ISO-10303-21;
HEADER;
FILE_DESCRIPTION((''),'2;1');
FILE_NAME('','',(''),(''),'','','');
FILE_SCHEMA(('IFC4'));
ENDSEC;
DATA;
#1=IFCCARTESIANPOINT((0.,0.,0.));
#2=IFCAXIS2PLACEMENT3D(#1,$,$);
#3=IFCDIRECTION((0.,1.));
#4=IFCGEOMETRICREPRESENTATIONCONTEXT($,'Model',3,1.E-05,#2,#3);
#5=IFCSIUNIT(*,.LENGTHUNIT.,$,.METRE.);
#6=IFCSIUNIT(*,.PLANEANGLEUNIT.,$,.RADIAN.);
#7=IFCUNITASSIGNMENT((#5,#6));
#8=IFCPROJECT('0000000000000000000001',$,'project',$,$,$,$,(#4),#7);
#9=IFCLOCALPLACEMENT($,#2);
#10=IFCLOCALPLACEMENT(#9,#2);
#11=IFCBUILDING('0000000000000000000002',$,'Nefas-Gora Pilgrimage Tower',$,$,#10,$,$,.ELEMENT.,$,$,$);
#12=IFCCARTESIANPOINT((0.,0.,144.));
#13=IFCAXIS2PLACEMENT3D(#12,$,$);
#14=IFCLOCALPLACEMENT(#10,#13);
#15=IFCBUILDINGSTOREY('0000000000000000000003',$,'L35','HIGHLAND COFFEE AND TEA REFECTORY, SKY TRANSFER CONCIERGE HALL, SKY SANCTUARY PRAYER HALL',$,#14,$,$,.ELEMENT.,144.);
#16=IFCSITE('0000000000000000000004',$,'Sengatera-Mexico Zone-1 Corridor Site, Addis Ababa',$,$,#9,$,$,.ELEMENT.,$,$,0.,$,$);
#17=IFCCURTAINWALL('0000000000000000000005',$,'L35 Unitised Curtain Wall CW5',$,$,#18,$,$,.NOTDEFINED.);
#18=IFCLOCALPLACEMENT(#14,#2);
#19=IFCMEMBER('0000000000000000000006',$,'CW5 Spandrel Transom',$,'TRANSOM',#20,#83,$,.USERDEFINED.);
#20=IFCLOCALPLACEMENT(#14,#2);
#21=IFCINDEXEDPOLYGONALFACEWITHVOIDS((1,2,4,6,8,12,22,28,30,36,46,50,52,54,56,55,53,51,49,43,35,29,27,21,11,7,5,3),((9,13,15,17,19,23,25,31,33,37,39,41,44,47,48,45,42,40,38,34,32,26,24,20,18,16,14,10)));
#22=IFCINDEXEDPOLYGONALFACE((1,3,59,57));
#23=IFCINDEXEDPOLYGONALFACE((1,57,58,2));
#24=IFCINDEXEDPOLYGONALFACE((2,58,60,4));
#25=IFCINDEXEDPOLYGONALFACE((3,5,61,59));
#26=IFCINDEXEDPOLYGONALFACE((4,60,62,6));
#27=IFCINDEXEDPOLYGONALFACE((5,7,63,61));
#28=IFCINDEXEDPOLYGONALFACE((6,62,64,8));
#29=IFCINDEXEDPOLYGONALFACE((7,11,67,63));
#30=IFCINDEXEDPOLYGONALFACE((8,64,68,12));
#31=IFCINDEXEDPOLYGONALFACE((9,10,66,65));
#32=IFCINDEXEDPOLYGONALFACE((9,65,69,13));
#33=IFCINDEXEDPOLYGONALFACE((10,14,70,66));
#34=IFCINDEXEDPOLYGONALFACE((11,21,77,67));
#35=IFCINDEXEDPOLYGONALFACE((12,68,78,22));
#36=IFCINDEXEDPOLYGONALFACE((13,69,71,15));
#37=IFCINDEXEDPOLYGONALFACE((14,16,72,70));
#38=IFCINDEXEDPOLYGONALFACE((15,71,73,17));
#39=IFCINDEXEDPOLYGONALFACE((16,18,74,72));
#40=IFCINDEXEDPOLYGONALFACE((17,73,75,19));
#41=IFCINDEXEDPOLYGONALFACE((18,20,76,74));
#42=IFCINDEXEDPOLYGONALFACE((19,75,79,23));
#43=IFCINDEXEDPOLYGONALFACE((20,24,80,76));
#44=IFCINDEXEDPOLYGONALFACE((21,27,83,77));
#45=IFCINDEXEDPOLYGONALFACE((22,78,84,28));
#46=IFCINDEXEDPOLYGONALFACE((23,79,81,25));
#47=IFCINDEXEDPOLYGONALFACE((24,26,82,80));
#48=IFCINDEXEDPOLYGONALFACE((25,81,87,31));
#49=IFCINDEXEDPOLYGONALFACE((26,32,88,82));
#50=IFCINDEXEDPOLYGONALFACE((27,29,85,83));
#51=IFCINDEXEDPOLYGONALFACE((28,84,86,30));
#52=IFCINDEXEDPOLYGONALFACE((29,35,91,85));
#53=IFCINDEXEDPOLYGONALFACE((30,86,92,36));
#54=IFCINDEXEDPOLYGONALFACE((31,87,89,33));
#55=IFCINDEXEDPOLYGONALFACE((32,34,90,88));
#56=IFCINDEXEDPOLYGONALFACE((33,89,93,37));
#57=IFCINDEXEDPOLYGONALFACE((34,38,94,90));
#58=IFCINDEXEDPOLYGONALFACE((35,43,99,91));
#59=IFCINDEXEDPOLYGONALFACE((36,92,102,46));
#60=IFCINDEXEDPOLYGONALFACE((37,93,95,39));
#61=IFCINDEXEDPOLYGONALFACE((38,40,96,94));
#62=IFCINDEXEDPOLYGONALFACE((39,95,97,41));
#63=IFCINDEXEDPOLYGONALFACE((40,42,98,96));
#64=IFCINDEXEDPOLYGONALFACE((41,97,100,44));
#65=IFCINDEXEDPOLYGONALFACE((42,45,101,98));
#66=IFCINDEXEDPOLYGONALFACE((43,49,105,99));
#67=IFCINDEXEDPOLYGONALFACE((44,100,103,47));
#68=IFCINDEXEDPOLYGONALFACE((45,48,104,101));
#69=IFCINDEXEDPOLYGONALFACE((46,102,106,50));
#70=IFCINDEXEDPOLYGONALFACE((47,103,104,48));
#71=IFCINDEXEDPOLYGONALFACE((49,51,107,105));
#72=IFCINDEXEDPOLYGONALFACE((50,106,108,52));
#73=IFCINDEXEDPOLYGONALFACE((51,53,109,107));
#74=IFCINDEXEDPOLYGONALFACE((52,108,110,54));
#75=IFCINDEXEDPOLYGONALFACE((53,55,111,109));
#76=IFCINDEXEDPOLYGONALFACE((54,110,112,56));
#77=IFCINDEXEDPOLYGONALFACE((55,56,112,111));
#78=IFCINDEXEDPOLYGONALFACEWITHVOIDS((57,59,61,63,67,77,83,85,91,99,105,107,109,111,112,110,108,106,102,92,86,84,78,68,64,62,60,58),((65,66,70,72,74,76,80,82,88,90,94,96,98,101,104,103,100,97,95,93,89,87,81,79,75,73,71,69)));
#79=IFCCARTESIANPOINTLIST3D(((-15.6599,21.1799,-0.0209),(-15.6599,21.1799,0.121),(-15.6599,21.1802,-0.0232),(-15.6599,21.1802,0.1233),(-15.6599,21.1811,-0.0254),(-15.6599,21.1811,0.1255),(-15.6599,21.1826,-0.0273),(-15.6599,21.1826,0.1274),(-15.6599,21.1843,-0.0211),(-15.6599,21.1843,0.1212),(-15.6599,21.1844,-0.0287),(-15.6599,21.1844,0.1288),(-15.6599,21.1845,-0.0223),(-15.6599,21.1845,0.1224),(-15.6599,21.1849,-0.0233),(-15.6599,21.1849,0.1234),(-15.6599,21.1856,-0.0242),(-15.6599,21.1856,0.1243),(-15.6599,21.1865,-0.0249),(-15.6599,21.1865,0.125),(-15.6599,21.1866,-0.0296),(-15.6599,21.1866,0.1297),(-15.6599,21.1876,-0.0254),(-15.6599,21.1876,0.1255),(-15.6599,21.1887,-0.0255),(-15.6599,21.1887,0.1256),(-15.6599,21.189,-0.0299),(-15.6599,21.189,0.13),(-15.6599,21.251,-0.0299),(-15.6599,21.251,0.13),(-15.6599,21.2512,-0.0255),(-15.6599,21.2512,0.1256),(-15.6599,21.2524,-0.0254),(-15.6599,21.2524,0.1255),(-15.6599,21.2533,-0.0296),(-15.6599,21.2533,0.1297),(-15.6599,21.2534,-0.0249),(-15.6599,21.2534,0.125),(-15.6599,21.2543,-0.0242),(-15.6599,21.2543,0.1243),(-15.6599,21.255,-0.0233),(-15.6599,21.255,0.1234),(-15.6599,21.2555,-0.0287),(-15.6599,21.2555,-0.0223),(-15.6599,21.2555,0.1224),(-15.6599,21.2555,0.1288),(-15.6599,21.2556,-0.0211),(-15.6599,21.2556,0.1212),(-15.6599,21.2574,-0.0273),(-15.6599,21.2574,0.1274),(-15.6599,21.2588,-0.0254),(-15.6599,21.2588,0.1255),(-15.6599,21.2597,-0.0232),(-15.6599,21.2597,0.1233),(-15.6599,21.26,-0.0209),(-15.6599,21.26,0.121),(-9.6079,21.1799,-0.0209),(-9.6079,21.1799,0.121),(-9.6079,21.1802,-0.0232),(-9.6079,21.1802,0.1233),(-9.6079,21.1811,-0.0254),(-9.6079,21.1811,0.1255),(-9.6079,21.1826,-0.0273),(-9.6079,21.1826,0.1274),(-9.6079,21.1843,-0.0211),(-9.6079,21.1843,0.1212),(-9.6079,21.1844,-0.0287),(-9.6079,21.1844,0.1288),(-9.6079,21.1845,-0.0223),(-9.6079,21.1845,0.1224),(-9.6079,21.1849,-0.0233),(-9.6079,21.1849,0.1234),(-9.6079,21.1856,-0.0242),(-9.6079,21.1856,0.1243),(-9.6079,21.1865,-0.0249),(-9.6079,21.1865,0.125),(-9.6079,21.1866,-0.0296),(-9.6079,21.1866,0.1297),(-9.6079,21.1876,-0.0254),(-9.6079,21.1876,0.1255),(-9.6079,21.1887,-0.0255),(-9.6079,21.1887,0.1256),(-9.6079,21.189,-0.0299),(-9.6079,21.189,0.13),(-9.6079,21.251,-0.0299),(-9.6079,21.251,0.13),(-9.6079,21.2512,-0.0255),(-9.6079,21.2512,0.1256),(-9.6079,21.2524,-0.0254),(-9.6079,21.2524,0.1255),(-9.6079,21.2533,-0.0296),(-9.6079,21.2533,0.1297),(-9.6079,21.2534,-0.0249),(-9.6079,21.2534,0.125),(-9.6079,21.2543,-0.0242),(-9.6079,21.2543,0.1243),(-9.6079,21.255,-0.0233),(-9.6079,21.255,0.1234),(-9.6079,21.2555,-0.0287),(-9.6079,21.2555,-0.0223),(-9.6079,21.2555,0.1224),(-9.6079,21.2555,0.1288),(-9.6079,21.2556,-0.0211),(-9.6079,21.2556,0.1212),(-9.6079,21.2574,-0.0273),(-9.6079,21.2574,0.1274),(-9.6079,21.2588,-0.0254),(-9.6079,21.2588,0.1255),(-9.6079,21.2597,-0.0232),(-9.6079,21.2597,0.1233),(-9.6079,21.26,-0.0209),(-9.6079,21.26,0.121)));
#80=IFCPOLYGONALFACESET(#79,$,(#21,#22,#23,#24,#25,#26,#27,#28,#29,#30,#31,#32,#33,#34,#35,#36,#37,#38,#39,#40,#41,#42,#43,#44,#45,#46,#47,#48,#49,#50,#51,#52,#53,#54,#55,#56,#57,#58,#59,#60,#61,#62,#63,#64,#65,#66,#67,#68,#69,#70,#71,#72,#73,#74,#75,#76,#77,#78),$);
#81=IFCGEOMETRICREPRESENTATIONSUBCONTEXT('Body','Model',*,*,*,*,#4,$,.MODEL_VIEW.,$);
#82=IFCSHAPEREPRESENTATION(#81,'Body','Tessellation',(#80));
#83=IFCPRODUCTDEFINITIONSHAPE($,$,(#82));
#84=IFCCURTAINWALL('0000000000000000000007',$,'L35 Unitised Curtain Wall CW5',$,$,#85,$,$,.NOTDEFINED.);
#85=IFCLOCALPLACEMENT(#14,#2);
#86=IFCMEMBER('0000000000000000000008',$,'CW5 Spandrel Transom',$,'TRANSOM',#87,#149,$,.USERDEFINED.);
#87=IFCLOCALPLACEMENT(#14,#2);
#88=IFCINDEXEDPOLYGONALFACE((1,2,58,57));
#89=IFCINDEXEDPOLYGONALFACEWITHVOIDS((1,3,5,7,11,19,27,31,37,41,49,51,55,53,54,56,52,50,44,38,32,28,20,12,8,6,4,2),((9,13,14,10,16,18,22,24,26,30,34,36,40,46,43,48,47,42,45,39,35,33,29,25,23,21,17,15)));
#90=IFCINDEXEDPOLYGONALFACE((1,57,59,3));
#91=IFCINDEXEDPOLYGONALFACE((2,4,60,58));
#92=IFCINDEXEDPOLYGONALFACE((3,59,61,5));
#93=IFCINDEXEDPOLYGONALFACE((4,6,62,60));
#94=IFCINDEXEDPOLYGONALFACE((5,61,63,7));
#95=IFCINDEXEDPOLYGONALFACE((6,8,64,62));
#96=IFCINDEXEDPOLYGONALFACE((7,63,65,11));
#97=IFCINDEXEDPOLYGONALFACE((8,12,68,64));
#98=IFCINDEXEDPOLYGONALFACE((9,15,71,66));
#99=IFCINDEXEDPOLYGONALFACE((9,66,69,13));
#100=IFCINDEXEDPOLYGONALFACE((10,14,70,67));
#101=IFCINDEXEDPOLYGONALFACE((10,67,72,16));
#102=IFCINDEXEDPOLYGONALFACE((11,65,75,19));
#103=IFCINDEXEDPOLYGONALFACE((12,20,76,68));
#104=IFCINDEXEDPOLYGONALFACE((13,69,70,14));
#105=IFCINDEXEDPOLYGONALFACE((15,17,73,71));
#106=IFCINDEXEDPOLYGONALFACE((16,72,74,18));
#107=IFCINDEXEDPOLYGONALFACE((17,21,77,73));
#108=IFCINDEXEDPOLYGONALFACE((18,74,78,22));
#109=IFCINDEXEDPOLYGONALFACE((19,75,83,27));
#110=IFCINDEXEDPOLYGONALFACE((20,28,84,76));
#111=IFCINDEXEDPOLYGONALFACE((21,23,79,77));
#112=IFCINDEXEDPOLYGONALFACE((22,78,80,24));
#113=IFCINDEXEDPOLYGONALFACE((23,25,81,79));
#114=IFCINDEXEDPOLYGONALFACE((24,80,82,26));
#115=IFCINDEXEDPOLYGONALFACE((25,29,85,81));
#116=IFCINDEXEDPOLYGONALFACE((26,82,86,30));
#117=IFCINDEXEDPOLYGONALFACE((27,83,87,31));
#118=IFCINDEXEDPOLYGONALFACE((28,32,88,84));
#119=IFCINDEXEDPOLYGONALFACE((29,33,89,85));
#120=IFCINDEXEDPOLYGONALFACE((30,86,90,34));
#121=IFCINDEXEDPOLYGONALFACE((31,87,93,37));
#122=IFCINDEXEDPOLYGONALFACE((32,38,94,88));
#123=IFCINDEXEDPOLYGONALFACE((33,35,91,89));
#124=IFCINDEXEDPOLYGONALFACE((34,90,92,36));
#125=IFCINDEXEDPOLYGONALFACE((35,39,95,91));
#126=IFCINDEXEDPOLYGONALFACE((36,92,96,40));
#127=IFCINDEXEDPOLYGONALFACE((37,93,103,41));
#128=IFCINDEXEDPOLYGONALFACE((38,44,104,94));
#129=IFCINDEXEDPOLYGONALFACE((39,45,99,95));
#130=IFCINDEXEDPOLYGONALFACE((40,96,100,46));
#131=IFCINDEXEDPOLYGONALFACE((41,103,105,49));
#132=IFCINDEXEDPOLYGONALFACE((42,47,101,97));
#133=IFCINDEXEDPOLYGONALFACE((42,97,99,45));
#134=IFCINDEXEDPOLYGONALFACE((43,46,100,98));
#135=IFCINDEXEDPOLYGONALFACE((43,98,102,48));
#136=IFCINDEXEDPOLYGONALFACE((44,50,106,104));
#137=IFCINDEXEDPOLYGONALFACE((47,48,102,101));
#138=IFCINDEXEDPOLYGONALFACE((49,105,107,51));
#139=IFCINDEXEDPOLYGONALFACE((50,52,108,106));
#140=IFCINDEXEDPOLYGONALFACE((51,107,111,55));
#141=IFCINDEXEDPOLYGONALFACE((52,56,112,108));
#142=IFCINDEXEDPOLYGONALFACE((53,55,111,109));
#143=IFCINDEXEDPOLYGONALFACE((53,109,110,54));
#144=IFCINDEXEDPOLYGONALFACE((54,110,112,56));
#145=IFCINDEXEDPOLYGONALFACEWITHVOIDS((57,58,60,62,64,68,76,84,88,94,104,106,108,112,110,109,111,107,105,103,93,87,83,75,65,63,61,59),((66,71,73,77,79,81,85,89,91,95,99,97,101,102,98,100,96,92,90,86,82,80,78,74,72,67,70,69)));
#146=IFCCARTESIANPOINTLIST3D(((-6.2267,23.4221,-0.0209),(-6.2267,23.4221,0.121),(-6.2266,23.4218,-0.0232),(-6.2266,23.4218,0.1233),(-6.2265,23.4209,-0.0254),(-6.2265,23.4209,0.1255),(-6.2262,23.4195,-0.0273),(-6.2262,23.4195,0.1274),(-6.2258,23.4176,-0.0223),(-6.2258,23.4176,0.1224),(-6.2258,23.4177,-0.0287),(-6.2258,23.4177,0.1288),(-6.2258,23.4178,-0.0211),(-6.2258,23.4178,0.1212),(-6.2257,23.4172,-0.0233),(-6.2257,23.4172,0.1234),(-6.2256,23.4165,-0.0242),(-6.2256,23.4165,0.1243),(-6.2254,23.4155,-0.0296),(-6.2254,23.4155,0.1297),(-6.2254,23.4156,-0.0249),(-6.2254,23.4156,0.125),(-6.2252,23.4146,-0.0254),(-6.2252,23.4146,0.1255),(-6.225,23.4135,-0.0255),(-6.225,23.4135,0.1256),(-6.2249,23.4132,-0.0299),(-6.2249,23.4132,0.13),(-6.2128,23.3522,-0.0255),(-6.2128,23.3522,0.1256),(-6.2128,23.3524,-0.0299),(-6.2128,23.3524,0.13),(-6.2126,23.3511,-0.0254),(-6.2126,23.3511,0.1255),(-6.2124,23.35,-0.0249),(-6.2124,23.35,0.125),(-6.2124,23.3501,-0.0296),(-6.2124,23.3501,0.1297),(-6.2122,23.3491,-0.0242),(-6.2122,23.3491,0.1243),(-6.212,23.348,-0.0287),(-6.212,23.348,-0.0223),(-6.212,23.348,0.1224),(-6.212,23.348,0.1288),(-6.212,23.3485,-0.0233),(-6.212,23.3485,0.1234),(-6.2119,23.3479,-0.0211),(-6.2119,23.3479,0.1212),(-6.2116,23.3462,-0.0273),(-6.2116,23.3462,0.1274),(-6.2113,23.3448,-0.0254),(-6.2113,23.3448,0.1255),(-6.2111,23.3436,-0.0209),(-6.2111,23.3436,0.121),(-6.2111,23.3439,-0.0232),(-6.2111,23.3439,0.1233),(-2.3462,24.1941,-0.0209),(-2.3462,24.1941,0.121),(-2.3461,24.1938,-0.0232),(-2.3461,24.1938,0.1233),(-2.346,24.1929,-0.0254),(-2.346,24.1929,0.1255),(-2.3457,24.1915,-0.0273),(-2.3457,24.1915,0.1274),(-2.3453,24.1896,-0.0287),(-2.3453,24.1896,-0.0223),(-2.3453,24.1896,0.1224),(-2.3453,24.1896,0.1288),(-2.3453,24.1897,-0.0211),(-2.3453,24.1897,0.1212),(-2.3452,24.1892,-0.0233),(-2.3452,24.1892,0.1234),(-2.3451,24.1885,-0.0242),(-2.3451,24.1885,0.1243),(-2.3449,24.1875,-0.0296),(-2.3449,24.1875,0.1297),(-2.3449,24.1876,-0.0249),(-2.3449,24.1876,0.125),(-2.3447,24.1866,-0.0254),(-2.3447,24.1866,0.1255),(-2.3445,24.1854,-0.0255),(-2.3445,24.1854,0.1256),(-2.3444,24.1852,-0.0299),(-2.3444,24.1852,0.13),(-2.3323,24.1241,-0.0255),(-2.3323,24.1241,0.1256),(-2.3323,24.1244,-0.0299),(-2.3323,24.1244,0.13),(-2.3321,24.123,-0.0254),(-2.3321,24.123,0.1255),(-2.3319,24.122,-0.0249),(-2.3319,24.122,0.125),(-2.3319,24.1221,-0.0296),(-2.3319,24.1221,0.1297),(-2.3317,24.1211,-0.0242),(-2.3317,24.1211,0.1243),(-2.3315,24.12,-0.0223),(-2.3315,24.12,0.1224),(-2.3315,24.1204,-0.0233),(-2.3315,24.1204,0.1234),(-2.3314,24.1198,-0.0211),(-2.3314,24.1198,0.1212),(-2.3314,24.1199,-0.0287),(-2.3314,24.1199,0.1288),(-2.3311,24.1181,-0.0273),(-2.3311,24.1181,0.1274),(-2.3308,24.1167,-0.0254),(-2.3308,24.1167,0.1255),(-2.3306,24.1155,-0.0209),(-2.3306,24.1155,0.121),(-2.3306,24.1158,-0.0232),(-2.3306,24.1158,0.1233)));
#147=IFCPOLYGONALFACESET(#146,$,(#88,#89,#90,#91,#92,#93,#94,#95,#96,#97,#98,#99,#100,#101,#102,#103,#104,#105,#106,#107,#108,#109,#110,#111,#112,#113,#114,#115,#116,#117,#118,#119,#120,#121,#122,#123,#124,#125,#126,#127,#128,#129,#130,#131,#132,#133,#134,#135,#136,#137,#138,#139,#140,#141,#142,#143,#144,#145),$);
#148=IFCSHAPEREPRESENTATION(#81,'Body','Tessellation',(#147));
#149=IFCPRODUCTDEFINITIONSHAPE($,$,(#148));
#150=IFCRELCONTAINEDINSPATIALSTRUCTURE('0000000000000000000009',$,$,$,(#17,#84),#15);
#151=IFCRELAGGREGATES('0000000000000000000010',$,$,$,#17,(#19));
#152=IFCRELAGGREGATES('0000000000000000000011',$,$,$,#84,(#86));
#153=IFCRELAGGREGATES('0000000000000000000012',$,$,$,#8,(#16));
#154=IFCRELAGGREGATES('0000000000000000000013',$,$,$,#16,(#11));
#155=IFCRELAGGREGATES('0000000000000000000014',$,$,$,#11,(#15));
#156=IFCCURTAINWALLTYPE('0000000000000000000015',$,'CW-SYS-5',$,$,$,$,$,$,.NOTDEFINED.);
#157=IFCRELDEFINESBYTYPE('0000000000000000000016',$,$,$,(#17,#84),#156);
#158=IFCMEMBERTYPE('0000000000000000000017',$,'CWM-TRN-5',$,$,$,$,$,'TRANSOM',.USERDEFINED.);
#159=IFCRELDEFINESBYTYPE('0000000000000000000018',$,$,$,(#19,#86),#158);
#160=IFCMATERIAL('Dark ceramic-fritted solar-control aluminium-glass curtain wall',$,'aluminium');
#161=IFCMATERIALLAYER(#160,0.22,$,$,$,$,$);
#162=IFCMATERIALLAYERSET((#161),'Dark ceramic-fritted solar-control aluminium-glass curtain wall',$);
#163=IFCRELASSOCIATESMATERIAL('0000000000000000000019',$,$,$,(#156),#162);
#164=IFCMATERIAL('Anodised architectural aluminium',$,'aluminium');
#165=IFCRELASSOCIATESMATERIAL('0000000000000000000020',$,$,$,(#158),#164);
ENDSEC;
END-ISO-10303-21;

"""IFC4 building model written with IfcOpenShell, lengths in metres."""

from ifc_helpers import new_model, si_unit, direction, frame, origin, origin_2d, place, context, subcontext, project, spatial, hollow_rectangle, extrude, source, transform, mapped, material, layer, layer_set, material_profile, profile_set, type_object, element, aggregate, save


model = new_model("IFC4")

# Units and contexts
model_context = context("Model", 3, precision=1e-05, world=origin(), true_north=direction((0.0, 1.0)))
body_context = subcontext(model_context, "Body", "Model", "MODEL_VIEW")
ifc_project = project(units=[si_unit("LENGTHUNIT", "METRE"), si_unit("PLANEANGLEUNIT", "RADIAN")], contexts=[model_context])

# Site, building, storey
site_placement = place(None, origin())
site = spatial("IfcSite", under=ifc_project, at=site_placement, Name="Sengatera-Mexico Zone-1 Corridor Site, Addis Ababa", CompositionType="ELEMENT", RefElevation=0.0)
building_placement = place(site_placement, origin())
building = spatial("IfcBuilding", under=site, at=building_placement, Name="Nefas-Gora Pilgrimage Tower", CompositionType="ELEMENT")
storey_placement = place(building_placement, frame((0.0, 0.0, 144.0)))
storey = spatial("IfcBuildingStorey", under=building, at=storey_placement, Name="L35", Description="HIGHLAND COFFEE AND TEA REFECTORY, SKY TRANSFER CONCIERGE HALL, SKY SANCTUARY PRAYER HALL", CompositionType="ELEMENT", Elevation=144.0)

# Curtain walls, members
ifc_material_1 = material(Name="Dark ceramic-fritted solar-control aluminium-glass curtain wall", Category="aluminium")
ifc_layer_1 = layer(ifc_material_1, 0.22)
ifc_layer_set_1 = layer_set([ifc_layer_1], Name="Dark ceramic-fritted solar-control aluminium-glass curtain wall")
curtain_wall_type = type_object("IfcCurtainWallType", Name="CW-SYS-5", PredefinedType="NOTDEFINED", material=ifc_layer_set_1)
curtain_wall_1_placement = place(storey_placement, origin())
curtain_wall_1 = element("IfcCurtainWall", 1, at=curtain_wall_1_placement, inside=storey, type_object=curtain_wall_type, Name="L35 Unitised Curtain Wall CW5", PredefinedType="NOTDEFINED")
ifc_material_2 = material(Name="Anodised architectural aluminium", Category="aluminium")
ifc_material_profile_1 = material_profile(ifc_material_2, hollow_rectangle(XDim=0.0801, YDim=0.1599, WallThickness=0.0044, InnerFilletRadius=0.0044, OuterFilletRadius=0.009, at=origin_2d()), Name="ALU TRANSOM 80x160")
ifc_profile_set_1 = profile_set([ifc_material_profile_1], Name="Anodised architectural aluminium")
member_type_1 = type_object("IfcMemberType", Name="CWM-TRN-5", ElementType="TRANSOM", PredefinedType="USERDEFINED", material=ifc_profile_set_1)
shared_shape_1 = source(origin(), body_context, "Body", "SweptSolid", [
    extrude(hollow_rectangle(XDim=0.0801, YDim=0.1599, WallThickness=0.0044, InnerFilletRadius=0.0044, OuterFilletRadius=0.009, at=origin_2d()), origin(), (0.0, 0.0, 1.0), 6.052),
])
member_1_placement = place(storey_placement, frame((-9.6079, 21.22, 0.05), z_axis=(-1.0, 0.0, 0.0), x_axis=(0.0, -1.0, 0.0)))
member_1 = element("IfcMember", 2, at=member_1_placement, type_object=member_type_1, Name="CW5 Spandrel Transom", ObjectType="TRANSOM", PredefinedType="USERDEFINED", context=body_context, shape_type="MappedRepresentation", body=[
    mapped(shared_shape_1, transform((0.0, 0.0, 0.0), x_axis=(1.0, 0.0, 0.0), y_axis=(0.0, 1.0, 0.0), z_axis=(0.0, 0.0, 1.0), scale=1.0)),
])
curtain_wall_2_placement = place(storey_placement, origin())
curtain_wall_2 = element("IfcCurtainWall", 3, at=curtain_wall_2_placement, inside=storey, type_object=curtain_wall_type, Name="L35 Unitised Curtain Wall CW5", PredefinedType="NOTDEFINED")
shared_shape_2 = source(origin(), body_context, "Body", "SweptSolid", [
    extrude(hollow_rectangle(XDim=0.0801, YDim=0.1599, WallThickness=0.0044, InnerFilletRadius=0.0044, OuterFilletRadius=0.009, at=origin_2d()), origin(), (0.0, 0.0, 1.0), 3.9565),
])
member_2_placement = place(storey_placement, frame((-2.3384, 24.1548, 0.05), z_axis=(-0.980782, -0.195107, 0.0), x_axis=(0.195107, -0.980782, 0.0)))
member_2 = element("IfcMember", 4, at=member_2_placement, type_object=member_type_1, Name="CW5 Spandrel Transom", ObjectType="TRANSOM", PredefinedType="USERDEFINED", context=body_context, shape_type="MappedRepresentation", body=[
    mapped(shared_shape_2, transform((0.0, 0.0, 0.0), x_axis=(1.0, 0.0, 0.0), y_axis=(0.0, 1.0, 0.0), z_axis=(0.0, 0.0, 1.0), scale=1.0)),
])

aggregate(curtain_wall_1, [member_1])

aggregate(curtain_wall_2, [member_2])

save(model, "model.ifc")
